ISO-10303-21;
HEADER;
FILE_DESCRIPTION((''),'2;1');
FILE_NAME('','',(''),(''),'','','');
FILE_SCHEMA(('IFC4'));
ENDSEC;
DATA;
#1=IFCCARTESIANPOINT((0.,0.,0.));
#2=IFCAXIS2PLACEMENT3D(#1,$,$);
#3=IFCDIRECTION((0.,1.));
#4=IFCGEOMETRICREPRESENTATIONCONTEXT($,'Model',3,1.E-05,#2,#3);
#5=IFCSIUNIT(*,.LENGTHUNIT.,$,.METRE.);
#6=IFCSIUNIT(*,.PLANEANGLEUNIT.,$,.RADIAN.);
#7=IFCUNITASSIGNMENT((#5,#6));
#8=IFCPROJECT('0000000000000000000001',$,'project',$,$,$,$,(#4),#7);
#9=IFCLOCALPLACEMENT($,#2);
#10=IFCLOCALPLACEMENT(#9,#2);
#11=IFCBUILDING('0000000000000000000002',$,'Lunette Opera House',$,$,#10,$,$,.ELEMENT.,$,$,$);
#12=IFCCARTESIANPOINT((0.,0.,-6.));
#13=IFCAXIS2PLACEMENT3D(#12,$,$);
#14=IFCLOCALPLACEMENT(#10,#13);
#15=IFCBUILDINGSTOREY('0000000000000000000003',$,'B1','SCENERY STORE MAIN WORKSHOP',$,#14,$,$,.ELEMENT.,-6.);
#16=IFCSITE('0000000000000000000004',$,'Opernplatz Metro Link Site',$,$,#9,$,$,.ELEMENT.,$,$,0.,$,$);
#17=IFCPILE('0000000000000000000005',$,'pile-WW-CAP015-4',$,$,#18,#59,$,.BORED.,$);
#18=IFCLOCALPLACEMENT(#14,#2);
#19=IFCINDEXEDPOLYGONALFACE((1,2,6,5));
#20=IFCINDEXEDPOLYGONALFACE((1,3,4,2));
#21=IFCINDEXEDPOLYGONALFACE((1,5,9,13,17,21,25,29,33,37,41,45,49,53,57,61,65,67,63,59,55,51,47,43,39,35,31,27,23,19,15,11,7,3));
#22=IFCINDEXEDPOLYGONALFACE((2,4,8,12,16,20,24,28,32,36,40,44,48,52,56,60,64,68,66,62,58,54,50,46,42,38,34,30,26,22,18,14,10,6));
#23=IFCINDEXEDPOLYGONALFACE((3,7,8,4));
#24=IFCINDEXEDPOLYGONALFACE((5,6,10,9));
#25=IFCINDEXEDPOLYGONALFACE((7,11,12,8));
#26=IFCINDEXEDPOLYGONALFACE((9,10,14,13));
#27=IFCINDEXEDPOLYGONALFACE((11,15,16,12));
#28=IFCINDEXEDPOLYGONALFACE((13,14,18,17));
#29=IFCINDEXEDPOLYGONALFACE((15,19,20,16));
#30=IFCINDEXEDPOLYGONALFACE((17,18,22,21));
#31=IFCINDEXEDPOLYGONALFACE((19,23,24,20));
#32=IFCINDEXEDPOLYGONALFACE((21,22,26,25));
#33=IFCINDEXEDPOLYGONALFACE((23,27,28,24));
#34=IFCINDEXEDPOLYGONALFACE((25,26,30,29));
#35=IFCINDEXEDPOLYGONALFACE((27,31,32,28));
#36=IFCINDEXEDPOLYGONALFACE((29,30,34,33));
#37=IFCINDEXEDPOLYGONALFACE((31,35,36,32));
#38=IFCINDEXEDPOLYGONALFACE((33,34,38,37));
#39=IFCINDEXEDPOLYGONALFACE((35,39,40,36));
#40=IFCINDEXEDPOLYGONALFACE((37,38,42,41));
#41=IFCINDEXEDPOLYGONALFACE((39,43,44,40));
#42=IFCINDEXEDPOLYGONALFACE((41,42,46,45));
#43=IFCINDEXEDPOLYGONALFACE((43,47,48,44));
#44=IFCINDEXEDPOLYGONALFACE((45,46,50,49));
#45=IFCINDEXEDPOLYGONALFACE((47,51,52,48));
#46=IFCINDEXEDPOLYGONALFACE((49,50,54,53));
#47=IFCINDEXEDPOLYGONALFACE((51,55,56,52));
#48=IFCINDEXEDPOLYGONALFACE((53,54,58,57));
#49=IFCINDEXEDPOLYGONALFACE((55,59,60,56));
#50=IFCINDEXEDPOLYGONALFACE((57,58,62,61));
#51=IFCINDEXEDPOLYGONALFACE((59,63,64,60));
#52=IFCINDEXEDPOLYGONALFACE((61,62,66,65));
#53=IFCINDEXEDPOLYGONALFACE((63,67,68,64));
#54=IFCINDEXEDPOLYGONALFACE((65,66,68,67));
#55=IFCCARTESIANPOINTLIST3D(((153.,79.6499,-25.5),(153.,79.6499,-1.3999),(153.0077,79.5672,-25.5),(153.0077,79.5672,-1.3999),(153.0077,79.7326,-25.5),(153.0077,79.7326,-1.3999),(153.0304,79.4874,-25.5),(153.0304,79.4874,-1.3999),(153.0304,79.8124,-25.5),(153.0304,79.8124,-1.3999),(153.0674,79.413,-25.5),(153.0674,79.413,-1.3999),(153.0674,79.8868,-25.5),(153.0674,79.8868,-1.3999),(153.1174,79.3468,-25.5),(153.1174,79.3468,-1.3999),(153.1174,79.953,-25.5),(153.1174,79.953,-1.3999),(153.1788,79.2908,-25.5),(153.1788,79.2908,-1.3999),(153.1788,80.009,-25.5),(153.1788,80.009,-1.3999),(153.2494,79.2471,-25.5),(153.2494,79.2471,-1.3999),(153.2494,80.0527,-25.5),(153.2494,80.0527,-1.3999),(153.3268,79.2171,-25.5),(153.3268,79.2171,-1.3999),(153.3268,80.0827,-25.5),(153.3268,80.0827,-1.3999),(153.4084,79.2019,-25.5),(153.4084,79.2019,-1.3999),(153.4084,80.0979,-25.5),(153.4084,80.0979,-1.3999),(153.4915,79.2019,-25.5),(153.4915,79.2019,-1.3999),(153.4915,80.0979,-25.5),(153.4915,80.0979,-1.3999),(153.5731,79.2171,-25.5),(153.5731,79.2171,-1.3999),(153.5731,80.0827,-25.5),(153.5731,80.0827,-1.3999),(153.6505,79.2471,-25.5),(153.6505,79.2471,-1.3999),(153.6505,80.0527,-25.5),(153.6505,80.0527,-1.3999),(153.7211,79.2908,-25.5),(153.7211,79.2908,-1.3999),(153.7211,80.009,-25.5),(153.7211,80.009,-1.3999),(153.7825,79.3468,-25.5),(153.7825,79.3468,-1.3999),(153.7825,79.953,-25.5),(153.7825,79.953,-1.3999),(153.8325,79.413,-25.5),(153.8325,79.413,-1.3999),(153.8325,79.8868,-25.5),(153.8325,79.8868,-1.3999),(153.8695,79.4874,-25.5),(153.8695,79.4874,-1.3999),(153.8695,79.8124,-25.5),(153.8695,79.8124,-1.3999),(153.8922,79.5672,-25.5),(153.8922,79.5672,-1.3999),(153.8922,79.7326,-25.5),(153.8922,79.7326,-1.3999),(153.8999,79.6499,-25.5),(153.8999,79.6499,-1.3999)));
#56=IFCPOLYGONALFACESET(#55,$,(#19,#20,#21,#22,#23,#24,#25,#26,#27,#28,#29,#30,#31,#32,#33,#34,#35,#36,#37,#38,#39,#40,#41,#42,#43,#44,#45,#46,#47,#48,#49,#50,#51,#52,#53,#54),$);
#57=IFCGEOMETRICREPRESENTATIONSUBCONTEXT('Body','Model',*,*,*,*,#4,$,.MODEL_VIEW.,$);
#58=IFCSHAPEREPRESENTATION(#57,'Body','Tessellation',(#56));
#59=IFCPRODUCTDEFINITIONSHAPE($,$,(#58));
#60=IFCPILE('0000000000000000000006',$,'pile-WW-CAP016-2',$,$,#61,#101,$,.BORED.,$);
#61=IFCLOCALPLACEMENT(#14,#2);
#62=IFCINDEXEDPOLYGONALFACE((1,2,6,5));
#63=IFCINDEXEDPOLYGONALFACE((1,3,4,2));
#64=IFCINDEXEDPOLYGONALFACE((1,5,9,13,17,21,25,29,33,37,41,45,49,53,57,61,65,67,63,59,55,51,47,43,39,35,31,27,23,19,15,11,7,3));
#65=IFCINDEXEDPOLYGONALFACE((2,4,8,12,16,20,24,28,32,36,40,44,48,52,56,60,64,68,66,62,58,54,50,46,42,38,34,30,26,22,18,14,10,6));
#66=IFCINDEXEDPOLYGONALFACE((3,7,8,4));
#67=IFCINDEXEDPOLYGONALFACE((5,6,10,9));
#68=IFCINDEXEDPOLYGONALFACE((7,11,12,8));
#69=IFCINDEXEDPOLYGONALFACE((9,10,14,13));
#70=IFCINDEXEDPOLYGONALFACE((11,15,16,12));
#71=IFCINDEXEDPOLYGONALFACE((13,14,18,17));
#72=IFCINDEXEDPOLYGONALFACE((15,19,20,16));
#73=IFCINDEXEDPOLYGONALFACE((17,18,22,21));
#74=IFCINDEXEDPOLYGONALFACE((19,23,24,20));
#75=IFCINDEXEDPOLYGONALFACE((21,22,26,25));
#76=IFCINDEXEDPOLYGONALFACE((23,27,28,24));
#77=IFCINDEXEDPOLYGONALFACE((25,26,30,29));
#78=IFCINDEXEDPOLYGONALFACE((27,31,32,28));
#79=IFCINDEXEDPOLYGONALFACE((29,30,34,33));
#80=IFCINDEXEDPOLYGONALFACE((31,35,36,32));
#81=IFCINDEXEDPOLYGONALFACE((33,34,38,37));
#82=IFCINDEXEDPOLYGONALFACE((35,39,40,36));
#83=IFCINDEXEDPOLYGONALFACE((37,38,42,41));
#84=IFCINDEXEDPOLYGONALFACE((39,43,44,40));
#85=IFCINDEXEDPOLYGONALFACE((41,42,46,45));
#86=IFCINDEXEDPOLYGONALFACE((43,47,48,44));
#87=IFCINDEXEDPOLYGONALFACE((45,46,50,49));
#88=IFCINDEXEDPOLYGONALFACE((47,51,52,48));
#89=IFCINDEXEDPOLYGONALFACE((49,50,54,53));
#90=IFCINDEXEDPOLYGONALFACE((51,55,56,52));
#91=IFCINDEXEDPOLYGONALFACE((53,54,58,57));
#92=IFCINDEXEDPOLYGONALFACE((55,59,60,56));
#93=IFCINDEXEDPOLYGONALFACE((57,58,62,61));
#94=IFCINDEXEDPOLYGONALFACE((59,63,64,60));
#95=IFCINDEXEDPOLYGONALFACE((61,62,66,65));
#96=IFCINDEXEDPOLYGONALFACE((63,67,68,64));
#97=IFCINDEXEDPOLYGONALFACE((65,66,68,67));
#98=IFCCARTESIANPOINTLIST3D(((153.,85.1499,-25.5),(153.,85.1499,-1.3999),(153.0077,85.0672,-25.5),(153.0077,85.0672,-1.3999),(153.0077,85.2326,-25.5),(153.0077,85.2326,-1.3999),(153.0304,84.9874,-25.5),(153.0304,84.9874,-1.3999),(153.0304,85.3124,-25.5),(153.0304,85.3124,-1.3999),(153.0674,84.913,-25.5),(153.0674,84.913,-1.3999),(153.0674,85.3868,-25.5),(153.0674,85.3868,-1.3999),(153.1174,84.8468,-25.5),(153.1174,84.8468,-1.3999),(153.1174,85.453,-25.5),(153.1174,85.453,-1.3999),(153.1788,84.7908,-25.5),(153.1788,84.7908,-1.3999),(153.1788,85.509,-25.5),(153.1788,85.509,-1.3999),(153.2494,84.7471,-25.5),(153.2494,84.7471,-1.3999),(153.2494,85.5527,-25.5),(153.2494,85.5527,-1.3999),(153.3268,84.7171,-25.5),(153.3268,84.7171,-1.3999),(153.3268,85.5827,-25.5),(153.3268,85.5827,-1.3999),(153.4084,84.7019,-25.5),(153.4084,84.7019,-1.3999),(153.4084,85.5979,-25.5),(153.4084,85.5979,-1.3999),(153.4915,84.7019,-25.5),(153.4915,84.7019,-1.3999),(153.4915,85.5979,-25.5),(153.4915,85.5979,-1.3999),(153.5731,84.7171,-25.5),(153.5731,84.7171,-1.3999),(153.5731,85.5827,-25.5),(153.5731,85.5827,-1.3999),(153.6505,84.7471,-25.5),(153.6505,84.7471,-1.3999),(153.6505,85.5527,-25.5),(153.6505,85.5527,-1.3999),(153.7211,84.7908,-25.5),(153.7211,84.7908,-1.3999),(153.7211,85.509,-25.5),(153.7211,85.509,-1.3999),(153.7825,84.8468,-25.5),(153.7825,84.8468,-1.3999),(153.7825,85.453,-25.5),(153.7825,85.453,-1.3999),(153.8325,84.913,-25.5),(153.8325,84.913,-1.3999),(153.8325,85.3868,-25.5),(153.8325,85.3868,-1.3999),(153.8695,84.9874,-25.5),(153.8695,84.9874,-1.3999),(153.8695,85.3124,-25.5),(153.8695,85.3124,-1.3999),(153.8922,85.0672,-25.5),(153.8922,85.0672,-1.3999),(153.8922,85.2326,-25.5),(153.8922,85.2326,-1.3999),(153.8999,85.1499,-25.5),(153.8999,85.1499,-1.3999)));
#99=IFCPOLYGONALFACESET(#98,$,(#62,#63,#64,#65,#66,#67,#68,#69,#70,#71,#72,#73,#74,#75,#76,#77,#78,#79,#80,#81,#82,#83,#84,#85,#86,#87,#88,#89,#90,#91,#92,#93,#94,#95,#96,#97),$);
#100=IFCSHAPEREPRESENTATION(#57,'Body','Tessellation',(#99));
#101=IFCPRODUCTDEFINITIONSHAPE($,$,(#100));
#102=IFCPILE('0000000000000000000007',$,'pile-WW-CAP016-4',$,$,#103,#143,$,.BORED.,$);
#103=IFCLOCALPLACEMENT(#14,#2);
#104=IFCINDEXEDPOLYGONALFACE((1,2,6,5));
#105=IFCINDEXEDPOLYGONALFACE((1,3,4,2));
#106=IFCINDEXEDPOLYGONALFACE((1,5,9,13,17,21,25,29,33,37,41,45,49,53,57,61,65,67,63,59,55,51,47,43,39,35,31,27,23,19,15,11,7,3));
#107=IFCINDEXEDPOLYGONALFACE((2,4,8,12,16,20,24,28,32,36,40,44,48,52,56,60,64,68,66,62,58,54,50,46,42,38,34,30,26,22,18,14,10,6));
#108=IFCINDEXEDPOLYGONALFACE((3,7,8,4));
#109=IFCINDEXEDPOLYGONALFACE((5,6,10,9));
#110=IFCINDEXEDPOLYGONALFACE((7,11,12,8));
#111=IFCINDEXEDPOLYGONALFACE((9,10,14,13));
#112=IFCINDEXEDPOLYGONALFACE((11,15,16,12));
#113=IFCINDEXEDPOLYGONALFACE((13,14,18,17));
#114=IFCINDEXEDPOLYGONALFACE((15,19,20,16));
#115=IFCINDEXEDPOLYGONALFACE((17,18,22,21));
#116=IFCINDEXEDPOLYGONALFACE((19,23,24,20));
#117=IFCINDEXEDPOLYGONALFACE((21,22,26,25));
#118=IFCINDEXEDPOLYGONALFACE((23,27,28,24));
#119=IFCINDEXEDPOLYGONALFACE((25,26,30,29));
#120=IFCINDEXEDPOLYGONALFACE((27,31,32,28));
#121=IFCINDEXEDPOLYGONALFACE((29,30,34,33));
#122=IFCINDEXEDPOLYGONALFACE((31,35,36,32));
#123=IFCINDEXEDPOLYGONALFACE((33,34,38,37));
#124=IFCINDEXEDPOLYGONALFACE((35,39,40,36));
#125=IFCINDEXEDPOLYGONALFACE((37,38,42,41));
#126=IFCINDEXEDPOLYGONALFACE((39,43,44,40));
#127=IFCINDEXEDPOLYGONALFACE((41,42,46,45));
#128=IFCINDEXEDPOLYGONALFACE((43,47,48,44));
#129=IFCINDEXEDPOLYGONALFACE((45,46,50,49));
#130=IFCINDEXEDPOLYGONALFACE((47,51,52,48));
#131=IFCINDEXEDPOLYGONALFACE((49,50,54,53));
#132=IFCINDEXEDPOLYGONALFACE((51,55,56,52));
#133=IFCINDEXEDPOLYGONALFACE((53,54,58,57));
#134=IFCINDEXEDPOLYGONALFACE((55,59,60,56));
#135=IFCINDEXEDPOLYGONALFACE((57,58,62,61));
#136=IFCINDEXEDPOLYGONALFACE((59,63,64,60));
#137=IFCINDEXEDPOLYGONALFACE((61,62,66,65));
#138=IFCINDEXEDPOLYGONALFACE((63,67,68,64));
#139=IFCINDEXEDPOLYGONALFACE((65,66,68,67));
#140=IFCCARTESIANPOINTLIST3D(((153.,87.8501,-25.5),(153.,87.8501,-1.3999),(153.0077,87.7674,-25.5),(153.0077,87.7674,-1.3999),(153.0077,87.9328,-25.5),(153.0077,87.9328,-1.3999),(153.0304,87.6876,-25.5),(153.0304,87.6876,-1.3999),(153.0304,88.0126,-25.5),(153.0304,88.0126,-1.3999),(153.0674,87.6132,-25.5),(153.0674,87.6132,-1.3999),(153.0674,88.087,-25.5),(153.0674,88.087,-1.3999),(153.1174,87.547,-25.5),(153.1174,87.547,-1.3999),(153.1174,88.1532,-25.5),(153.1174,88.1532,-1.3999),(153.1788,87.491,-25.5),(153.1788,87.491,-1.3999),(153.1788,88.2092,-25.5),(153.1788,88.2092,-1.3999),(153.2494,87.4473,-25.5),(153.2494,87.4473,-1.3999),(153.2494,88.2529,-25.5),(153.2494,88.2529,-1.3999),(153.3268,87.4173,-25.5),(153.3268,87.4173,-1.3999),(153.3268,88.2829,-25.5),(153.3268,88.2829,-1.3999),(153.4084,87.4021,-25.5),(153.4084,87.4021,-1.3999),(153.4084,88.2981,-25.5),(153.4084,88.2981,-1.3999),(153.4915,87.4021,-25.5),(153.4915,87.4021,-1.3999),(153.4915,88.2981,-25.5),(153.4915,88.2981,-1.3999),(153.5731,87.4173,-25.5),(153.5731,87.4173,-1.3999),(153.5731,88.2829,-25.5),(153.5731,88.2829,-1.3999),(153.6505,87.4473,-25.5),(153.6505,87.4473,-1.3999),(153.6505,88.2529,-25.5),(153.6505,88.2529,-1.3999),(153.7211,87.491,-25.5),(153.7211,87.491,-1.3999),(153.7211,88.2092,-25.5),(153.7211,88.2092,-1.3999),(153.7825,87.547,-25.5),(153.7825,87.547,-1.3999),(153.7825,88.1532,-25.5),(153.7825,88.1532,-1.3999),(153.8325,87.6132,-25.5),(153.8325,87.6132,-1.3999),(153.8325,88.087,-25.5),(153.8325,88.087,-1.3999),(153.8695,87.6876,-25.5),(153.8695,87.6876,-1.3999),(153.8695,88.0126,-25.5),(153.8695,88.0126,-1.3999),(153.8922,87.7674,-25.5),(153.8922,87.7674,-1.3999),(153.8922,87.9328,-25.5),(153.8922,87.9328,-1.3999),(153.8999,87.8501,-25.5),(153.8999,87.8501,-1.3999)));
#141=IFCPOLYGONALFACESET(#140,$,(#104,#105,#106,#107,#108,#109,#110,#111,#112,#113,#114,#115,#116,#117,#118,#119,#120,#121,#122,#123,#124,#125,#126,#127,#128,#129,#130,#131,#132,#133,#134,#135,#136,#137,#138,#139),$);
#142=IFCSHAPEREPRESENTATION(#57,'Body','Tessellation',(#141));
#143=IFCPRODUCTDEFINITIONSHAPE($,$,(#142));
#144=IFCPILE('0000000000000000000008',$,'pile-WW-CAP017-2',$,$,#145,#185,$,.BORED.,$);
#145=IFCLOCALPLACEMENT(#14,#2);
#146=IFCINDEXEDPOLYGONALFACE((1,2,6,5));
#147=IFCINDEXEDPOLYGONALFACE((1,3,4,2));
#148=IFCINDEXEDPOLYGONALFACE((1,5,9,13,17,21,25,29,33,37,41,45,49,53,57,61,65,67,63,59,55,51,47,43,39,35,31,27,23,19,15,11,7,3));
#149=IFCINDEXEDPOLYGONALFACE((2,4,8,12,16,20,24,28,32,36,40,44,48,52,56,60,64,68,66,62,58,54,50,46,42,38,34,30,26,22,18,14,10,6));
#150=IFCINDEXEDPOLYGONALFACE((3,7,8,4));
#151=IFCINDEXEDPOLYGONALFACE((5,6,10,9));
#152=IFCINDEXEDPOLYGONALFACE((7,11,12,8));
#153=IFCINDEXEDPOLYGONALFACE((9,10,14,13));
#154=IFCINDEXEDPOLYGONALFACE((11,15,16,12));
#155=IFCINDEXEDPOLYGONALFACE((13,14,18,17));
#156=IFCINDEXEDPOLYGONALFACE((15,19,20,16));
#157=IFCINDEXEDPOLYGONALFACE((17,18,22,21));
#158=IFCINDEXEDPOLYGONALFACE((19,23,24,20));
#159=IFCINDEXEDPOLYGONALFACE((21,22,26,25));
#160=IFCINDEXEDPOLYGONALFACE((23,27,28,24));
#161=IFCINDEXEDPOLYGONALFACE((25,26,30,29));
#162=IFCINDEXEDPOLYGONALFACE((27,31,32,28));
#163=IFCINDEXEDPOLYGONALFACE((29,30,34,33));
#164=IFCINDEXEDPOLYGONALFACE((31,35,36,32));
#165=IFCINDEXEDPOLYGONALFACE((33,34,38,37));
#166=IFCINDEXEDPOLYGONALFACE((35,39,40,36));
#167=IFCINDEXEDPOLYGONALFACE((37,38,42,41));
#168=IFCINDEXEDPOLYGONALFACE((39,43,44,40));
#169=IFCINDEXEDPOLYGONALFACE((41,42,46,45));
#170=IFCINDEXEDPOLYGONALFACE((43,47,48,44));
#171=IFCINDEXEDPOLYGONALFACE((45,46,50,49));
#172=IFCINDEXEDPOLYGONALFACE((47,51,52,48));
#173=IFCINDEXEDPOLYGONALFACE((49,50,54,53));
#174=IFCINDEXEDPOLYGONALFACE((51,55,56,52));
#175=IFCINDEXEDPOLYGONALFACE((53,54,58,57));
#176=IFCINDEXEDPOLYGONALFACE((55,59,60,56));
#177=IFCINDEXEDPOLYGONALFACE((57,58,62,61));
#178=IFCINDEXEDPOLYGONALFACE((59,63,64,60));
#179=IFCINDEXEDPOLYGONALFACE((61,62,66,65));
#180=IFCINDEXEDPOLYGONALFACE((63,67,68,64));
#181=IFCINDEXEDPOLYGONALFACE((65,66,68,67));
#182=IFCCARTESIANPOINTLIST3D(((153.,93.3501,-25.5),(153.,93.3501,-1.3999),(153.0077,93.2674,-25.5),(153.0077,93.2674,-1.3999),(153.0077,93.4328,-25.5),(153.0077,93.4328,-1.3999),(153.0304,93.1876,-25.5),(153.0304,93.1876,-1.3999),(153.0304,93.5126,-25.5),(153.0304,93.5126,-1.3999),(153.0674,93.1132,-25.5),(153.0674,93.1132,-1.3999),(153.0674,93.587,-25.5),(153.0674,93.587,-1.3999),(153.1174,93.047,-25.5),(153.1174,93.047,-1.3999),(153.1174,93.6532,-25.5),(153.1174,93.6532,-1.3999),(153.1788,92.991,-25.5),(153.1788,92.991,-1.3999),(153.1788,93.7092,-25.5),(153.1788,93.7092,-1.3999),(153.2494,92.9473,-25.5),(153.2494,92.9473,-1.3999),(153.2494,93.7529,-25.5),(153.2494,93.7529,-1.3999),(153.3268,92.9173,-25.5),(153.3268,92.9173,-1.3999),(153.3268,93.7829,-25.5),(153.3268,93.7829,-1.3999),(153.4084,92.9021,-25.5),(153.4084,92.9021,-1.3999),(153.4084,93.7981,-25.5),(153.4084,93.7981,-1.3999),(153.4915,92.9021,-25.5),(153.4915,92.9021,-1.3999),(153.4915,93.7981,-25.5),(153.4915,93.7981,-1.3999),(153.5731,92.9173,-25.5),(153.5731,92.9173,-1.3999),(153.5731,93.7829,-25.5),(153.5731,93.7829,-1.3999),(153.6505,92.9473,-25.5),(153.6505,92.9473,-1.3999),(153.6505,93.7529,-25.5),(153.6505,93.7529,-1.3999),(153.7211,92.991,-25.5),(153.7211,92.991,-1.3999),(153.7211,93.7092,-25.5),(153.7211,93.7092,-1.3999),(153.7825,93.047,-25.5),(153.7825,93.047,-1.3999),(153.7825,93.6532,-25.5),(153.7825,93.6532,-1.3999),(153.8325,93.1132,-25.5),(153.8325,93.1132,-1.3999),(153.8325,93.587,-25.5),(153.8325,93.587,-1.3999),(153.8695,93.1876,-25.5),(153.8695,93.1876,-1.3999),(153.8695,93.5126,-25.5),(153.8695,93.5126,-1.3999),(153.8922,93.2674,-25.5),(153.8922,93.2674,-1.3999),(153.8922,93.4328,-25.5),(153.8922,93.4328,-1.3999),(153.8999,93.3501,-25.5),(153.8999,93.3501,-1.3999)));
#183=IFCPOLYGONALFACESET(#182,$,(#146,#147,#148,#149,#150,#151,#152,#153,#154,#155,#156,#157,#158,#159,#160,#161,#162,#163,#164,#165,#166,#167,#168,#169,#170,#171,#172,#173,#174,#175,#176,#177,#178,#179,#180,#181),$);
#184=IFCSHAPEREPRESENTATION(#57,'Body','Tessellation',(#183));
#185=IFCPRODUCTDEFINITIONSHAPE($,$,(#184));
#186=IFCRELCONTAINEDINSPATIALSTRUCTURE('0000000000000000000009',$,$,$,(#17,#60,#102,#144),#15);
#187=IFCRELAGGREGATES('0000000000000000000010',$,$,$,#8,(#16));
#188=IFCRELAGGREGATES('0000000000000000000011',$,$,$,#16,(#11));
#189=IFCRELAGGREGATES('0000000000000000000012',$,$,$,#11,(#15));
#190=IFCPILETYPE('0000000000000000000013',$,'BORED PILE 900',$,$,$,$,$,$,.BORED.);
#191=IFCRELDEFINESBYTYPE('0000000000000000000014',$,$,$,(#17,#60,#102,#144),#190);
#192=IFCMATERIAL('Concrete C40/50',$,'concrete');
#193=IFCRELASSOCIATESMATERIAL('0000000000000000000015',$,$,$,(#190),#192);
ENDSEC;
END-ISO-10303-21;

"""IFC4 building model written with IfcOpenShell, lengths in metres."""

from ifc_helpers import new_model, si_unit, direction, frame, origin, origin_2d, place, context, subcontext, project, spatial, circle, extrude, material, material_profile, profile_set, type_object, element, save


model = new_model("IFC4")

# Units and contexts
model_context = context("Model", 3, precision=1e-05, world=origin(), true_north=direction((0.0, 1.0)))
body_context = subcontext(model_context, "Body", "Model", "MODEL_VIEW")
ifc_project = project(units=[si_unit("LENGTHUNIT", "METRE"), si_unit("PLANEANGLEUNIT", "RADIAN")], contexts=[model_context])

# Site, building, storey
site_placement = place(None, origin())
site = spatial("IfcSite", under=ifc_project, at=site_placement, Name="Opernplatz Metro Link Site", CompositionType="ELEMENT", RefElevation=0.0)
building_placement = place(site_placement, origin())
building = spatial("IfcBuilding", under=site, at=building_placement, Name="Lunette Opera House", CompositionType="ELEMENT")
storey_placement = place(building_placement, frame((0.0, 0.0, -6.0)))
storey = spatial("IfcBuildingStorey", under=building, at=storey_placement, Name="B1", Description="SCENERY STORE MAIN WORKSHOP", CompositionType="ELEMENT", Elevation=-6.0)

# Piles
ifc_material_1 = material(Name="Concrete C40/50", Category="concrete")
ifc_material_profile_1 = material_profile(ifc_material_1, circle(Radius=0.45, at=origin_2d()), Name="BORED PILE 900")
ifc_profile_set_1 = profile_set([ifc_material_profile_1], Name="Concrete C40/50")
pile_type = type_object("IfcPileType", Name="BORED PILE 900", PredefinedType="BORED", material=ifc_profile_set_1)
for number, where, z_axis, x_axis, name in (
    (1, (153.45, 79.6499, -1.3999), (0.0, 0.0, -1.0), (1.0, 0.0, 0.0), "pile-WW-CAP015-4"),
    (2, (153.45, 85.1499, -1.3999), (0.0, 0.0, -1.0), (1.0, 0.0, 0.0), "pile-WW-CAP016-2"),
    (3, (153.45, 87.8501, -1.3999), (0.0, 0.0, -1.0), (1.0, 0.0, 0.0), "pile-WW-CAP016-4"),
    (4, (153.45, 93.3501, -1.3999), (0.0, 0.0, -1.0), (1.0, 0.0, 0.0), "pile-WW-CAP017-2"),
):
    element("IfcPile", number, at=place(storey_placement, frame(where, z_axis=z_axis, x_axis=x_axis)), inside=storey, type_object=pile_type, Name=name, PredefinedType="BORED", context=body_context, shape_type="SweptSolid", body=[
        extrude(circle(Radius=0.45, at=origin_2d()), origin(), (0.0, 0.0, 1.0), 24.1001),
    ])

save(model, "model.ifc")
